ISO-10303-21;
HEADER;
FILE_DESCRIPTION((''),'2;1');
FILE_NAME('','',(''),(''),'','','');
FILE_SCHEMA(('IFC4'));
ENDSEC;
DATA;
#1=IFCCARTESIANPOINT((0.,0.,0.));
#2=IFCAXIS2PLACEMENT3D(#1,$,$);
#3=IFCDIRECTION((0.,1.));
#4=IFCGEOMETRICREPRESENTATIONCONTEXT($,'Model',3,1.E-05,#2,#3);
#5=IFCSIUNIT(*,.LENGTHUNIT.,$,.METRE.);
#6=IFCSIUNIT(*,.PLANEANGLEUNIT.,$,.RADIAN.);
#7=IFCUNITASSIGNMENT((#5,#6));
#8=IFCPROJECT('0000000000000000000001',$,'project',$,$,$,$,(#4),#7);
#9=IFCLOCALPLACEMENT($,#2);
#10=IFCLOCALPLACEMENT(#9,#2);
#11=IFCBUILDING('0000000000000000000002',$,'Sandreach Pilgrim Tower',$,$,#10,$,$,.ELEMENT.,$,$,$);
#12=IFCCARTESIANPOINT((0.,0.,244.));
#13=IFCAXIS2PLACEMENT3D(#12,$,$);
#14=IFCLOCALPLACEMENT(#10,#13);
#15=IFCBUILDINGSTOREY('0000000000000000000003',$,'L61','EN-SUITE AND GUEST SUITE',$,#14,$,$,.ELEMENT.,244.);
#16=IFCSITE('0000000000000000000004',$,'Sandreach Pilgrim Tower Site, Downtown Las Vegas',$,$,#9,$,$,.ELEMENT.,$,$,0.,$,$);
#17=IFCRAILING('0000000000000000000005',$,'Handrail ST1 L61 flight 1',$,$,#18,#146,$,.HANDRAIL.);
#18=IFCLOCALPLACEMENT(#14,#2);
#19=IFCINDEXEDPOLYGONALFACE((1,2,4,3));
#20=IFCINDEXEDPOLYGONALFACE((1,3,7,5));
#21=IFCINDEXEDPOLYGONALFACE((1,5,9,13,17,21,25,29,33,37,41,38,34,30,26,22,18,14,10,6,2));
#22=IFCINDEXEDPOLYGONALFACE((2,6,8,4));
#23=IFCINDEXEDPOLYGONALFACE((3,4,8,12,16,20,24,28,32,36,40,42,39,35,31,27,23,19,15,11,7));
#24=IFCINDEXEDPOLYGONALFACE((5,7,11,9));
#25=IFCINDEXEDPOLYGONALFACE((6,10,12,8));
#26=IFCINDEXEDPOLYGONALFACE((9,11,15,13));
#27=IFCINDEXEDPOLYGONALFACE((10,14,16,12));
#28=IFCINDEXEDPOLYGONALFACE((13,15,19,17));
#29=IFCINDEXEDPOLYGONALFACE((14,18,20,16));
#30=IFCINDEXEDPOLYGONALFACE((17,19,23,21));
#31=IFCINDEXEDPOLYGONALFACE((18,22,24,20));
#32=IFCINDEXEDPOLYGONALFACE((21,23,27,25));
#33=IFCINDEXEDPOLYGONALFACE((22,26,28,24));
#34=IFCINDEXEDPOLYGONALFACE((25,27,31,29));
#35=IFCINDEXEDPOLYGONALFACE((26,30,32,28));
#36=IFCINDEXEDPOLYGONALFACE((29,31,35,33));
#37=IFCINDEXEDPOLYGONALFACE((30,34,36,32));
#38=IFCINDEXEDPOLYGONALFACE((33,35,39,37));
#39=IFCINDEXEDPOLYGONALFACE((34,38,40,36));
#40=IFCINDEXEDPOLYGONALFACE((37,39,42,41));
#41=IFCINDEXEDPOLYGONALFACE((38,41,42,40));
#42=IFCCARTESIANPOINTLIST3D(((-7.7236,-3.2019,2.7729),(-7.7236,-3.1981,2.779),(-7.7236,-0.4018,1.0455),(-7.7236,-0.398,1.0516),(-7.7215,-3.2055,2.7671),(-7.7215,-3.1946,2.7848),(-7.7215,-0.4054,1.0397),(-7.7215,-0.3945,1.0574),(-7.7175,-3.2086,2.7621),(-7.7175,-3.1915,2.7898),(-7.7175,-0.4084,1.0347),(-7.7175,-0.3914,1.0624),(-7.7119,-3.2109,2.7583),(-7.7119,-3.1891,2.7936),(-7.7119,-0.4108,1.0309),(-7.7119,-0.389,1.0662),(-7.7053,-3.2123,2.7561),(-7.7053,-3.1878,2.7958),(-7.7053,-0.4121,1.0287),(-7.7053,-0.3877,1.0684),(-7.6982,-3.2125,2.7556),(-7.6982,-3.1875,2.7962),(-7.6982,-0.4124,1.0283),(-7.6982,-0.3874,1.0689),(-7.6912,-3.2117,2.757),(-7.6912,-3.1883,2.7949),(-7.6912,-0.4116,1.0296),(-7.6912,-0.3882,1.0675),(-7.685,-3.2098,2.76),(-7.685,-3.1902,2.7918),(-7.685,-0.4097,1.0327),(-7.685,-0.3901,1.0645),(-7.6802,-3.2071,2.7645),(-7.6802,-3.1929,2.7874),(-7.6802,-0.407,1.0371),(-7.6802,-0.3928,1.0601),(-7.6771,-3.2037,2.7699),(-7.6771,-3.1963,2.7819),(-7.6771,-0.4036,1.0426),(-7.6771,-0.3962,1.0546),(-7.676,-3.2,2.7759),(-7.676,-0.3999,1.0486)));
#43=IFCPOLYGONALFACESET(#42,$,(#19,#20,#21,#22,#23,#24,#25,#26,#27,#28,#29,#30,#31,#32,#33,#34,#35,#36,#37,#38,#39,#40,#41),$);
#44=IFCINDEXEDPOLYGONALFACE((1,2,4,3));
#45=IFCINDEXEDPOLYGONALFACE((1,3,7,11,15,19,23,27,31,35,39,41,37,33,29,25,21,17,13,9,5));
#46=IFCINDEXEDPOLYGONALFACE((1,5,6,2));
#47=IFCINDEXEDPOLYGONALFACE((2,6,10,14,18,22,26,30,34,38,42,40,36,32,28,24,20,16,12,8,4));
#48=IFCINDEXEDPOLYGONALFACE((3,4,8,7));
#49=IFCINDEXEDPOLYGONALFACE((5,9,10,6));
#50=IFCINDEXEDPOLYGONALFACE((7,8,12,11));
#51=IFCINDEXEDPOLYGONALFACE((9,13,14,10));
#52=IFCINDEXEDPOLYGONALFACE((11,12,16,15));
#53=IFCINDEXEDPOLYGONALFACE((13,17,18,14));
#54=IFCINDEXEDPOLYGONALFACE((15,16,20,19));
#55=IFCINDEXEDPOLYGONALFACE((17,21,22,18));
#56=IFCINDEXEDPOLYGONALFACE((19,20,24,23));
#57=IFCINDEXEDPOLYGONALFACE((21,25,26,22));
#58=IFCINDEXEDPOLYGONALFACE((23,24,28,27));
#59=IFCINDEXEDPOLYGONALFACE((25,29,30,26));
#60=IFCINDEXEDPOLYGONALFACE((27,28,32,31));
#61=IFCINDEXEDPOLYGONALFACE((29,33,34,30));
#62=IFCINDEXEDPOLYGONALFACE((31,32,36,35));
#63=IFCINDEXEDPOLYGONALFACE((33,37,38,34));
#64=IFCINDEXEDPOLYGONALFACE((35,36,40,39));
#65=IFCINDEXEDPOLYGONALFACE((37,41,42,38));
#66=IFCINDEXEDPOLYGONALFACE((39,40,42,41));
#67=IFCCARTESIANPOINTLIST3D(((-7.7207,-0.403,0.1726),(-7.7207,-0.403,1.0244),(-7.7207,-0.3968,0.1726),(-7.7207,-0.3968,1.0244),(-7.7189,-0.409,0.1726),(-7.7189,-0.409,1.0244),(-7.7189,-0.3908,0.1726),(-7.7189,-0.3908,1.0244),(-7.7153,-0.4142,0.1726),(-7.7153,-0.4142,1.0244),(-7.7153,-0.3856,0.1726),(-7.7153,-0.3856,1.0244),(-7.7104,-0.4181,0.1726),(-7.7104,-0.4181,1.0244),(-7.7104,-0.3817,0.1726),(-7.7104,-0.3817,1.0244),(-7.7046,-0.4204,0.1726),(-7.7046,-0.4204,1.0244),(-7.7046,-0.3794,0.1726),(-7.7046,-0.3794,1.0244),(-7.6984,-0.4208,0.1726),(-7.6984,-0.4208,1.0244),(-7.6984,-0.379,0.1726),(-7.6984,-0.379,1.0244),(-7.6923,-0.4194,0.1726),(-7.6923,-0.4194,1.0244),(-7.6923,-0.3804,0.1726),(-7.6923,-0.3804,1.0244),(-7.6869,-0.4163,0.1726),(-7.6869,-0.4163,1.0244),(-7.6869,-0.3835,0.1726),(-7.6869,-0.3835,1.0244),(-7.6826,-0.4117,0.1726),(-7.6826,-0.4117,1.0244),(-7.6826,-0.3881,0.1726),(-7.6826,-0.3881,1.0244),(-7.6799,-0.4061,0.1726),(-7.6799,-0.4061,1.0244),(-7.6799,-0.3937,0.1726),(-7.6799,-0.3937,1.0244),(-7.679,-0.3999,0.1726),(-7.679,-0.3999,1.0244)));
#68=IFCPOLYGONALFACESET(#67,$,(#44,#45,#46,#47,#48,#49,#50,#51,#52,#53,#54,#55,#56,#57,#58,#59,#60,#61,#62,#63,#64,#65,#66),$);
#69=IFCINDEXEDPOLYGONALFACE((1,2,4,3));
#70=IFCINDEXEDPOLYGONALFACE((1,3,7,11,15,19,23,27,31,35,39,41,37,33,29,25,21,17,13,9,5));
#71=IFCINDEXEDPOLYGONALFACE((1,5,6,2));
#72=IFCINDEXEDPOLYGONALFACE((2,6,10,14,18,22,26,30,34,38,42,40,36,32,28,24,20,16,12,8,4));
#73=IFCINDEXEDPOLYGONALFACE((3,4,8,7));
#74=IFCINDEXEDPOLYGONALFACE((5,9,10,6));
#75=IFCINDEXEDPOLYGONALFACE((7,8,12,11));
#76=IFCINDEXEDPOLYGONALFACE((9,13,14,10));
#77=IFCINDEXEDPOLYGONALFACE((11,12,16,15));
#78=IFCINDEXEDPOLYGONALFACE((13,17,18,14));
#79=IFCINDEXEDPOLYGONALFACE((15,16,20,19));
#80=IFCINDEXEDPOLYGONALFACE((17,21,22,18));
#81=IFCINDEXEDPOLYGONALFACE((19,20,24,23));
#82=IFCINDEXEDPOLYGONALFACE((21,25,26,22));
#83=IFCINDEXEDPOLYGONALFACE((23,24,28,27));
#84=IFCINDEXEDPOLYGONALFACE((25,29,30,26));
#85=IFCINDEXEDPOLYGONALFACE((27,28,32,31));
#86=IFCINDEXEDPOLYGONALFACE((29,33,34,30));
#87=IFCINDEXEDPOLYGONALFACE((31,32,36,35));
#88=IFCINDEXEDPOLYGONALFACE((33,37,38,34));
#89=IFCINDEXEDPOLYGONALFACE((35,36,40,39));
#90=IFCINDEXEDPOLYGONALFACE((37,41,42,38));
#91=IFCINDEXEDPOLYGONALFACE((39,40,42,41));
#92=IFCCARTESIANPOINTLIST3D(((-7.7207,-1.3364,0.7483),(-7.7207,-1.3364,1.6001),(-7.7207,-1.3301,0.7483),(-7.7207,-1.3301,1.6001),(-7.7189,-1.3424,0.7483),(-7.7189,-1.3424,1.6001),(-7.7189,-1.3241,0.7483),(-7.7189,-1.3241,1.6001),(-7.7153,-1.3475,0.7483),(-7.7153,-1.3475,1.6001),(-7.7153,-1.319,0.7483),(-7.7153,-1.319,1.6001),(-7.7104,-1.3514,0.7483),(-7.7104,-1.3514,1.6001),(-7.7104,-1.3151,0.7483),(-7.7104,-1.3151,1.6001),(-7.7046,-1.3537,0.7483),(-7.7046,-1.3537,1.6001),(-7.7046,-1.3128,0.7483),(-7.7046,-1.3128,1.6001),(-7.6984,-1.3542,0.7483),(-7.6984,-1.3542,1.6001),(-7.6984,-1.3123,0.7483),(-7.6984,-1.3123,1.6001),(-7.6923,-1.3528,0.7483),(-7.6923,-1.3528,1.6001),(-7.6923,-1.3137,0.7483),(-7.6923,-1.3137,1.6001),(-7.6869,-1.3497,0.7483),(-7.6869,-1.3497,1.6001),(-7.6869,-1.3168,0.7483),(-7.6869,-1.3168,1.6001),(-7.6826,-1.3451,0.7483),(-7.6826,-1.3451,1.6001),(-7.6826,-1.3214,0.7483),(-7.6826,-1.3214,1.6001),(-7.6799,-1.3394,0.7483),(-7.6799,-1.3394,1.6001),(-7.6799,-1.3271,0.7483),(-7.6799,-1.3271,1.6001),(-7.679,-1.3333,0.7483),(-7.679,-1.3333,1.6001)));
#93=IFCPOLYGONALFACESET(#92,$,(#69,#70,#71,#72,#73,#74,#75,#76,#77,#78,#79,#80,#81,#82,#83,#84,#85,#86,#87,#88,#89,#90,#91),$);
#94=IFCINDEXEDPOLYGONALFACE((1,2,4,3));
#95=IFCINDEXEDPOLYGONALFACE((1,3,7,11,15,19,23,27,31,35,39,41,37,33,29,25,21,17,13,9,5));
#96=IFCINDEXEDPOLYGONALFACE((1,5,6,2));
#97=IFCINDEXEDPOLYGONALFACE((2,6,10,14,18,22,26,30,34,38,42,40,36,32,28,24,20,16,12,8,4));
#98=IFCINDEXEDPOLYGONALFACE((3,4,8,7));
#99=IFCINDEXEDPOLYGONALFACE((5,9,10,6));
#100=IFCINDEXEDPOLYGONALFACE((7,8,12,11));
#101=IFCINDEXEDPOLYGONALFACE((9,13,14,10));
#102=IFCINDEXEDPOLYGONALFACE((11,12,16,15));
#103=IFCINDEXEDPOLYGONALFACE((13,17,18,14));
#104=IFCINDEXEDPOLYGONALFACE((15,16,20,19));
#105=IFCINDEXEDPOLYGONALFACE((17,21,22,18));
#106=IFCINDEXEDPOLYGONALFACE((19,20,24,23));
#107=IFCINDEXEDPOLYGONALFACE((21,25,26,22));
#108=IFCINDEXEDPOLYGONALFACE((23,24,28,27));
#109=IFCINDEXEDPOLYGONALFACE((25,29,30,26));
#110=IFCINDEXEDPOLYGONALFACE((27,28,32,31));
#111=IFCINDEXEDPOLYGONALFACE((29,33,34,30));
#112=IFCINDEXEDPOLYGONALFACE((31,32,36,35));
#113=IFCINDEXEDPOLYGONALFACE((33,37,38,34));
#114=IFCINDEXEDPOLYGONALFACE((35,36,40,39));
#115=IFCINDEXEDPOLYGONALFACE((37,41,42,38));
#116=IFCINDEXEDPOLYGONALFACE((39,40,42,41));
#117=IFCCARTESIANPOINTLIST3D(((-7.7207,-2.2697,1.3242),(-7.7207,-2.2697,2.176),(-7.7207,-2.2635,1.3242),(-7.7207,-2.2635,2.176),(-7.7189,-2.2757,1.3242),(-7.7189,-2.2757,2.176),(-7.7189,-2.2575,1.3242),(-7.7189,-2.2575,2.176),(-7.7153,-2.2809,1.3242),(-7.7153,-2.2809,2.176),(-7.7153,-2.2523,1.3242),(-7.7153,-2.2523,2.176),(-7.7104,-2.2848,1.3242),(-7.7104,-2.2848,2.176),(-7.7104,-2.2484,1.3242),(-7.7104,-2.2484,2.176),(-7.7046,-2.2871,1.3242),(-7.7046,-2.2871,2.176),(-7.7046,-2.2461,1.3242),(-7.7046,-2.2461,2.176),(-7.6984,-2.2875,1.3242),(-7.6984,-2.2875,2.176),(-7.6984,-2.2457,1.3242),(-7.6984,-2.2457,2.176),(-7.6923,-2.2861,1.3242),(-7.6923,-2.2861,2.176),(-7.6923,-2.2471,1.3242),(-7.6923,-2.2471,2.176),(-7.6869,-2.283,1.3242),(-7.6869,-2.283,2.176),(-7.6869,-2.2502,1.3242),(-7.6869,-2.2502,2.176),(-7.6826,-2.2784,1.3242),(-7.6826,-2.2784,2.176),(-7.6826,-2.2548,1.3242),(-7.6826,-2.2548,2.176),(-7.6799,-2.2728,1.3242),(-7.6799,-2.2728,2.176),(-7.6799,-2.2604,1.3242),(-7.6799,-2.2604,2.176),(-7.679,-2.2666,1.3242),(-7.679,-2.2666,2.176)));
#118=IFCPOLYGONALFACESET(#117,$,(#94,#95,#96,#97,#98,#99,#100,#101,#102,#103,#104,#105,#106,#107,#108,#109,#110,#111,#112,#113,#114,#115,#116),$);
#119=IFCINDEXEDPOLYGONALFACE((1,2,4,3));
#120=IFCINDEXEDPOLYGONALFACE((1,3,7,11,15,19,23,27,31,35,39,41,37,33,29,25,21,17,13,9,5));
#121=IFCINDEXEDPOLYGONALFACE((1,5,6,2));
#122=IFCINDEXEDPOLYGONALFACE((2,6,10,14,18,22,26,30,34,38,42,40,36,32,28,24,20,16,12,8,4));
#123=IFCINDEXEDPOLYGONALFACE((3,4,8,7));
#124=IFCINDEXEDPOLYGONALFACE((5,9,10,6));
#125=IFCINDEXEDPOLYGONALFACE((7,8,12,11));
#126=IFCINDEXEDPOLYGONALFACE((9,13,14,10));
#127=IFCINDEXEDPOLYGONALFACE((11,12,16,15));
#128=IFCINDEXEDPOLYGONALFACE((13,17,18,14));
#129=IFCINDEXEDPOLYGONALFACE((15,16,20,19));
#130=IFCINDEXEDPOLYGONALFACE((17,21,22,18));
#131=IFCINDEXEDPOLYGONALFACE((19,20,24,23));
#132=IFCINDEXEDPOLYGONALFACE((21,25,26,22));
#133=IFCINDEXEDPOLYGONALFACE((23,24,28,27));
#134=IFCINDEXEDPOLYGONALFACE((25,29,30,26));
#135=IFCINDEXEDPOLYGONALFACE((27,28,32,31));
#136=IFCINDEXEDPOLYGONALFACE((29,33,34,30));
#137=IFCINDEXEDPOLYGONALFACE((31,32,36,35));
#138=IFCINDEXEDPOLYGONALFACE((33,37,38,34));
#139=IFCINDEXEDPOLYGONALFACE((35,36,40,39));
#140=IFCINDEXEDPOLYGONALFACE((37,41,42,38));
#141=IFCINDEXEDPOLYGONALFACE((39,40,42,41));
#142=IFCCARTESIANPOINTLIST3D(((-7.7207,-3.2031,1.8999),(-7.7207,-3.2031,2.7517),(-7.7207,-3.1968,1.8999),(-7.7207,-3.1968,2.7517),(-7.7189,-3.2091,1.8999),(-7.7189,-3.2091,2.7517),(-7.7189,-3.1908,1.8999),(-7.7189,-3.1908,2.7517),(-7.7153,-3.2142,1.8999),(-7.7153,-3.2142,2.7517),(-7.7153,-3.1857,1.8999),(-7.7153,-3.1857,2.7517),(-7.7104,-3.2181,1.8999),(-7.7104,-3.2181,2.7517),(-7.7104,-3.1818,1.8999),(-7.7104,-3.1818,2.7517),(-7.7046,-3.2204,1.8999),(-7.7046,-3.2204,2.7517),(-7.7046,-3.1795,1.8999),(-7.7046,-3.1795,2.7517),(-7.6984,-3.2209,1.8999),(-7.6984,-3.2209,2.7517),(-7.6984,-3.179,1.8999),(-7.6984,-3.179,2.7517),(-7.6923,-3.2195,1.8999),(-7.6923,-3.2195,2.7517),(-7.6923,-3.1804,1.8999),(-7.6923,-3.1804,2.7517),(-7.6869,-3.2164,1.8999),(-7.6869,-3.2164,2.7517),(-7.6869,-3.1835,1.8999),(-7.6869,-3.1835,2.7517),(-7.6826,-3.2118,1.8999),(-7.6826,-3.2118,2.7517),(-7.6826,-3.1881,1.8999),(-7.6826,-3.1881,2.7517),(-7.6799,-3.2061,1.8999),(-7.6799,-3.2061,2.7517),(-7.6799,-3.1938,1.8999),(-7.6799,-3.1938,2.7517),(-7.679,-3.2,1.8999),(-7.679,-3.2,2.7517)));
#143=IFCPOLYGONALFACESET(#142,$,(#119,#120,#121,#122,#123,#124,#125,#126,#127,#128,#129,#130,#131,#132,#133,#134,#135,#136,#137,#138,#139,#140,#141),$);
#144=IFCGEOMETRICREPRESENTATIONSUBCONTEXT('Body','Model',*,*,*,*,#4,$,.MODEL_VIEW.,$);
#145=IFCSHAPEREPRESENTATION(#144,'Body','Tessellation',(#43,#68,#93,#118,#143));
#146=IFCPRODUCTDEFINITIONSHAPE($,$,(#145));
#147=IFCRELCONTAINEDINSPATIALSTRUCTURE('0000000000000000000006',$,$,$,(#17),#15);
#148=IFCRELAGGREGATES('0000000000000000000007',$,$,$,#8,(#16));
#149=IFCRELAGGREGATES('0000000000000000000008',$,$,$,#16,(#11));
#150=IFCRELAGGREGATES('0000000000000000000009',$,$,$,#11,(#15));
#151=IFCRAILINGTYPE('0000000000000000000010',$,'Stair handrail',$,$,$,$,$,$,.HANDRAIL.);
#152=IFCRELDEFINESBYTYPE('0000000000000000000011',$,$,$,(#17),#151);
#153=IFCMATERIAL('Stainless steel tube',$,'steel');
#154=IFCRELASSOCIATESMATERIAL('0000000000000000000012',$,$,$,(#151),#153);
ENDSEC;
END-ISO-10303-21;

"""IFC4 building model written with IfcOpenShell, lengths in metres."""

from ifc_helpers import new_model, si_unit, direction, frame, origin, origin_2d, place, context, subcontext, project, spatial, circle, extrude, material, type_object, element, save


model = new_model("IFC4")

# Units and contexts
model_context = context("Model", 3, precision=1e-05, world=origin(), true_north=direction((0.0, 1.0)))
body_context = subcontext(model_context, "Body", "Model", "MODEL_VIEW")
ifc_project = project(units=[si_unit("LENGTHUNIT", "METRE"), si_unit("PLANEANGLEUNIT", "RADIAN")], contexts=[model_context])

# Site, building, storey
site_placement = place(None, origin())
site = spatial("IfcSite", under=ifc_project, at=site_placement, Name="Sandreach Pilgrim Tower Site, Downtown Las Vegas", CompositionType="ELEMENT", RefElevation=0.0)
building_placement = place(site_placement, origin())
building = spatial("IfcBuilding", under=site, at=building_placement, Name="Sandreach Pilgrim Tower", CompositionType="ELEMENT")
storey_placement = place(building_placement, frame((0.0, 0.0, 244.0)))
storey = spatial("IfcBuildingStorey", under=building, at=storey_placement, Name="L61", Description="EN-SUITE AND GUEST SUITE", CompositionType="ELEMENT", Elevation=244.0)

# Railing
ifc_material_1 = material(Name="Stainless steel tube", Category="steel")
railing_type = type_object("IfcRailingType", Name="Stair handrail", PredefinedType="HANDRAIL", material=ifc_material_1)
for number, where, name in (
    (1, (-7.7, -0.3999, 0.1726), "Handrail ST1 L61 flight 1"),
):
    element("IfcRailing", number, at=place(storey_placement, frame(where)), inside=storey, type_object=railing_type, Name=name, PredefinedType="HANDRAIL", context=body_context, shape_type="SweptSolid", body=[
        extrude(circle(Radius=0.0239, at=origin_2d()), frame((0.0, 0.0, 0.876), z_axis=(0.0, -0.85109, 0.52502), x_axis=(1.0, 0.0, 0.0)), (0.0, 0.0, 1.0), 3.29),
        extrude(circle(Radius=0.021, at=origin_2d()), origin(), (0.0, 0.0, 1.0), 0.8518),
        extrude(circle(Radius=0.021, at=origin_2d()), frame((0.0, -0.9333, 0.5757)), (0.0, 0.0, 1.0), 0.8518),
        extrude(circle(Radius=0.021, at=origin_2d()), frame((0.0, -1.8667, 1.1516)), (0.0, 0.0, 1.0), 0.8518),
        extrude(circle(Radius=0.021, at=origin_2d()), frame((0.0, -2.8, 1.7273)), (0.0, 0.0, 1.0), 0.8518),
    ])

save(model, "model.ifc")
